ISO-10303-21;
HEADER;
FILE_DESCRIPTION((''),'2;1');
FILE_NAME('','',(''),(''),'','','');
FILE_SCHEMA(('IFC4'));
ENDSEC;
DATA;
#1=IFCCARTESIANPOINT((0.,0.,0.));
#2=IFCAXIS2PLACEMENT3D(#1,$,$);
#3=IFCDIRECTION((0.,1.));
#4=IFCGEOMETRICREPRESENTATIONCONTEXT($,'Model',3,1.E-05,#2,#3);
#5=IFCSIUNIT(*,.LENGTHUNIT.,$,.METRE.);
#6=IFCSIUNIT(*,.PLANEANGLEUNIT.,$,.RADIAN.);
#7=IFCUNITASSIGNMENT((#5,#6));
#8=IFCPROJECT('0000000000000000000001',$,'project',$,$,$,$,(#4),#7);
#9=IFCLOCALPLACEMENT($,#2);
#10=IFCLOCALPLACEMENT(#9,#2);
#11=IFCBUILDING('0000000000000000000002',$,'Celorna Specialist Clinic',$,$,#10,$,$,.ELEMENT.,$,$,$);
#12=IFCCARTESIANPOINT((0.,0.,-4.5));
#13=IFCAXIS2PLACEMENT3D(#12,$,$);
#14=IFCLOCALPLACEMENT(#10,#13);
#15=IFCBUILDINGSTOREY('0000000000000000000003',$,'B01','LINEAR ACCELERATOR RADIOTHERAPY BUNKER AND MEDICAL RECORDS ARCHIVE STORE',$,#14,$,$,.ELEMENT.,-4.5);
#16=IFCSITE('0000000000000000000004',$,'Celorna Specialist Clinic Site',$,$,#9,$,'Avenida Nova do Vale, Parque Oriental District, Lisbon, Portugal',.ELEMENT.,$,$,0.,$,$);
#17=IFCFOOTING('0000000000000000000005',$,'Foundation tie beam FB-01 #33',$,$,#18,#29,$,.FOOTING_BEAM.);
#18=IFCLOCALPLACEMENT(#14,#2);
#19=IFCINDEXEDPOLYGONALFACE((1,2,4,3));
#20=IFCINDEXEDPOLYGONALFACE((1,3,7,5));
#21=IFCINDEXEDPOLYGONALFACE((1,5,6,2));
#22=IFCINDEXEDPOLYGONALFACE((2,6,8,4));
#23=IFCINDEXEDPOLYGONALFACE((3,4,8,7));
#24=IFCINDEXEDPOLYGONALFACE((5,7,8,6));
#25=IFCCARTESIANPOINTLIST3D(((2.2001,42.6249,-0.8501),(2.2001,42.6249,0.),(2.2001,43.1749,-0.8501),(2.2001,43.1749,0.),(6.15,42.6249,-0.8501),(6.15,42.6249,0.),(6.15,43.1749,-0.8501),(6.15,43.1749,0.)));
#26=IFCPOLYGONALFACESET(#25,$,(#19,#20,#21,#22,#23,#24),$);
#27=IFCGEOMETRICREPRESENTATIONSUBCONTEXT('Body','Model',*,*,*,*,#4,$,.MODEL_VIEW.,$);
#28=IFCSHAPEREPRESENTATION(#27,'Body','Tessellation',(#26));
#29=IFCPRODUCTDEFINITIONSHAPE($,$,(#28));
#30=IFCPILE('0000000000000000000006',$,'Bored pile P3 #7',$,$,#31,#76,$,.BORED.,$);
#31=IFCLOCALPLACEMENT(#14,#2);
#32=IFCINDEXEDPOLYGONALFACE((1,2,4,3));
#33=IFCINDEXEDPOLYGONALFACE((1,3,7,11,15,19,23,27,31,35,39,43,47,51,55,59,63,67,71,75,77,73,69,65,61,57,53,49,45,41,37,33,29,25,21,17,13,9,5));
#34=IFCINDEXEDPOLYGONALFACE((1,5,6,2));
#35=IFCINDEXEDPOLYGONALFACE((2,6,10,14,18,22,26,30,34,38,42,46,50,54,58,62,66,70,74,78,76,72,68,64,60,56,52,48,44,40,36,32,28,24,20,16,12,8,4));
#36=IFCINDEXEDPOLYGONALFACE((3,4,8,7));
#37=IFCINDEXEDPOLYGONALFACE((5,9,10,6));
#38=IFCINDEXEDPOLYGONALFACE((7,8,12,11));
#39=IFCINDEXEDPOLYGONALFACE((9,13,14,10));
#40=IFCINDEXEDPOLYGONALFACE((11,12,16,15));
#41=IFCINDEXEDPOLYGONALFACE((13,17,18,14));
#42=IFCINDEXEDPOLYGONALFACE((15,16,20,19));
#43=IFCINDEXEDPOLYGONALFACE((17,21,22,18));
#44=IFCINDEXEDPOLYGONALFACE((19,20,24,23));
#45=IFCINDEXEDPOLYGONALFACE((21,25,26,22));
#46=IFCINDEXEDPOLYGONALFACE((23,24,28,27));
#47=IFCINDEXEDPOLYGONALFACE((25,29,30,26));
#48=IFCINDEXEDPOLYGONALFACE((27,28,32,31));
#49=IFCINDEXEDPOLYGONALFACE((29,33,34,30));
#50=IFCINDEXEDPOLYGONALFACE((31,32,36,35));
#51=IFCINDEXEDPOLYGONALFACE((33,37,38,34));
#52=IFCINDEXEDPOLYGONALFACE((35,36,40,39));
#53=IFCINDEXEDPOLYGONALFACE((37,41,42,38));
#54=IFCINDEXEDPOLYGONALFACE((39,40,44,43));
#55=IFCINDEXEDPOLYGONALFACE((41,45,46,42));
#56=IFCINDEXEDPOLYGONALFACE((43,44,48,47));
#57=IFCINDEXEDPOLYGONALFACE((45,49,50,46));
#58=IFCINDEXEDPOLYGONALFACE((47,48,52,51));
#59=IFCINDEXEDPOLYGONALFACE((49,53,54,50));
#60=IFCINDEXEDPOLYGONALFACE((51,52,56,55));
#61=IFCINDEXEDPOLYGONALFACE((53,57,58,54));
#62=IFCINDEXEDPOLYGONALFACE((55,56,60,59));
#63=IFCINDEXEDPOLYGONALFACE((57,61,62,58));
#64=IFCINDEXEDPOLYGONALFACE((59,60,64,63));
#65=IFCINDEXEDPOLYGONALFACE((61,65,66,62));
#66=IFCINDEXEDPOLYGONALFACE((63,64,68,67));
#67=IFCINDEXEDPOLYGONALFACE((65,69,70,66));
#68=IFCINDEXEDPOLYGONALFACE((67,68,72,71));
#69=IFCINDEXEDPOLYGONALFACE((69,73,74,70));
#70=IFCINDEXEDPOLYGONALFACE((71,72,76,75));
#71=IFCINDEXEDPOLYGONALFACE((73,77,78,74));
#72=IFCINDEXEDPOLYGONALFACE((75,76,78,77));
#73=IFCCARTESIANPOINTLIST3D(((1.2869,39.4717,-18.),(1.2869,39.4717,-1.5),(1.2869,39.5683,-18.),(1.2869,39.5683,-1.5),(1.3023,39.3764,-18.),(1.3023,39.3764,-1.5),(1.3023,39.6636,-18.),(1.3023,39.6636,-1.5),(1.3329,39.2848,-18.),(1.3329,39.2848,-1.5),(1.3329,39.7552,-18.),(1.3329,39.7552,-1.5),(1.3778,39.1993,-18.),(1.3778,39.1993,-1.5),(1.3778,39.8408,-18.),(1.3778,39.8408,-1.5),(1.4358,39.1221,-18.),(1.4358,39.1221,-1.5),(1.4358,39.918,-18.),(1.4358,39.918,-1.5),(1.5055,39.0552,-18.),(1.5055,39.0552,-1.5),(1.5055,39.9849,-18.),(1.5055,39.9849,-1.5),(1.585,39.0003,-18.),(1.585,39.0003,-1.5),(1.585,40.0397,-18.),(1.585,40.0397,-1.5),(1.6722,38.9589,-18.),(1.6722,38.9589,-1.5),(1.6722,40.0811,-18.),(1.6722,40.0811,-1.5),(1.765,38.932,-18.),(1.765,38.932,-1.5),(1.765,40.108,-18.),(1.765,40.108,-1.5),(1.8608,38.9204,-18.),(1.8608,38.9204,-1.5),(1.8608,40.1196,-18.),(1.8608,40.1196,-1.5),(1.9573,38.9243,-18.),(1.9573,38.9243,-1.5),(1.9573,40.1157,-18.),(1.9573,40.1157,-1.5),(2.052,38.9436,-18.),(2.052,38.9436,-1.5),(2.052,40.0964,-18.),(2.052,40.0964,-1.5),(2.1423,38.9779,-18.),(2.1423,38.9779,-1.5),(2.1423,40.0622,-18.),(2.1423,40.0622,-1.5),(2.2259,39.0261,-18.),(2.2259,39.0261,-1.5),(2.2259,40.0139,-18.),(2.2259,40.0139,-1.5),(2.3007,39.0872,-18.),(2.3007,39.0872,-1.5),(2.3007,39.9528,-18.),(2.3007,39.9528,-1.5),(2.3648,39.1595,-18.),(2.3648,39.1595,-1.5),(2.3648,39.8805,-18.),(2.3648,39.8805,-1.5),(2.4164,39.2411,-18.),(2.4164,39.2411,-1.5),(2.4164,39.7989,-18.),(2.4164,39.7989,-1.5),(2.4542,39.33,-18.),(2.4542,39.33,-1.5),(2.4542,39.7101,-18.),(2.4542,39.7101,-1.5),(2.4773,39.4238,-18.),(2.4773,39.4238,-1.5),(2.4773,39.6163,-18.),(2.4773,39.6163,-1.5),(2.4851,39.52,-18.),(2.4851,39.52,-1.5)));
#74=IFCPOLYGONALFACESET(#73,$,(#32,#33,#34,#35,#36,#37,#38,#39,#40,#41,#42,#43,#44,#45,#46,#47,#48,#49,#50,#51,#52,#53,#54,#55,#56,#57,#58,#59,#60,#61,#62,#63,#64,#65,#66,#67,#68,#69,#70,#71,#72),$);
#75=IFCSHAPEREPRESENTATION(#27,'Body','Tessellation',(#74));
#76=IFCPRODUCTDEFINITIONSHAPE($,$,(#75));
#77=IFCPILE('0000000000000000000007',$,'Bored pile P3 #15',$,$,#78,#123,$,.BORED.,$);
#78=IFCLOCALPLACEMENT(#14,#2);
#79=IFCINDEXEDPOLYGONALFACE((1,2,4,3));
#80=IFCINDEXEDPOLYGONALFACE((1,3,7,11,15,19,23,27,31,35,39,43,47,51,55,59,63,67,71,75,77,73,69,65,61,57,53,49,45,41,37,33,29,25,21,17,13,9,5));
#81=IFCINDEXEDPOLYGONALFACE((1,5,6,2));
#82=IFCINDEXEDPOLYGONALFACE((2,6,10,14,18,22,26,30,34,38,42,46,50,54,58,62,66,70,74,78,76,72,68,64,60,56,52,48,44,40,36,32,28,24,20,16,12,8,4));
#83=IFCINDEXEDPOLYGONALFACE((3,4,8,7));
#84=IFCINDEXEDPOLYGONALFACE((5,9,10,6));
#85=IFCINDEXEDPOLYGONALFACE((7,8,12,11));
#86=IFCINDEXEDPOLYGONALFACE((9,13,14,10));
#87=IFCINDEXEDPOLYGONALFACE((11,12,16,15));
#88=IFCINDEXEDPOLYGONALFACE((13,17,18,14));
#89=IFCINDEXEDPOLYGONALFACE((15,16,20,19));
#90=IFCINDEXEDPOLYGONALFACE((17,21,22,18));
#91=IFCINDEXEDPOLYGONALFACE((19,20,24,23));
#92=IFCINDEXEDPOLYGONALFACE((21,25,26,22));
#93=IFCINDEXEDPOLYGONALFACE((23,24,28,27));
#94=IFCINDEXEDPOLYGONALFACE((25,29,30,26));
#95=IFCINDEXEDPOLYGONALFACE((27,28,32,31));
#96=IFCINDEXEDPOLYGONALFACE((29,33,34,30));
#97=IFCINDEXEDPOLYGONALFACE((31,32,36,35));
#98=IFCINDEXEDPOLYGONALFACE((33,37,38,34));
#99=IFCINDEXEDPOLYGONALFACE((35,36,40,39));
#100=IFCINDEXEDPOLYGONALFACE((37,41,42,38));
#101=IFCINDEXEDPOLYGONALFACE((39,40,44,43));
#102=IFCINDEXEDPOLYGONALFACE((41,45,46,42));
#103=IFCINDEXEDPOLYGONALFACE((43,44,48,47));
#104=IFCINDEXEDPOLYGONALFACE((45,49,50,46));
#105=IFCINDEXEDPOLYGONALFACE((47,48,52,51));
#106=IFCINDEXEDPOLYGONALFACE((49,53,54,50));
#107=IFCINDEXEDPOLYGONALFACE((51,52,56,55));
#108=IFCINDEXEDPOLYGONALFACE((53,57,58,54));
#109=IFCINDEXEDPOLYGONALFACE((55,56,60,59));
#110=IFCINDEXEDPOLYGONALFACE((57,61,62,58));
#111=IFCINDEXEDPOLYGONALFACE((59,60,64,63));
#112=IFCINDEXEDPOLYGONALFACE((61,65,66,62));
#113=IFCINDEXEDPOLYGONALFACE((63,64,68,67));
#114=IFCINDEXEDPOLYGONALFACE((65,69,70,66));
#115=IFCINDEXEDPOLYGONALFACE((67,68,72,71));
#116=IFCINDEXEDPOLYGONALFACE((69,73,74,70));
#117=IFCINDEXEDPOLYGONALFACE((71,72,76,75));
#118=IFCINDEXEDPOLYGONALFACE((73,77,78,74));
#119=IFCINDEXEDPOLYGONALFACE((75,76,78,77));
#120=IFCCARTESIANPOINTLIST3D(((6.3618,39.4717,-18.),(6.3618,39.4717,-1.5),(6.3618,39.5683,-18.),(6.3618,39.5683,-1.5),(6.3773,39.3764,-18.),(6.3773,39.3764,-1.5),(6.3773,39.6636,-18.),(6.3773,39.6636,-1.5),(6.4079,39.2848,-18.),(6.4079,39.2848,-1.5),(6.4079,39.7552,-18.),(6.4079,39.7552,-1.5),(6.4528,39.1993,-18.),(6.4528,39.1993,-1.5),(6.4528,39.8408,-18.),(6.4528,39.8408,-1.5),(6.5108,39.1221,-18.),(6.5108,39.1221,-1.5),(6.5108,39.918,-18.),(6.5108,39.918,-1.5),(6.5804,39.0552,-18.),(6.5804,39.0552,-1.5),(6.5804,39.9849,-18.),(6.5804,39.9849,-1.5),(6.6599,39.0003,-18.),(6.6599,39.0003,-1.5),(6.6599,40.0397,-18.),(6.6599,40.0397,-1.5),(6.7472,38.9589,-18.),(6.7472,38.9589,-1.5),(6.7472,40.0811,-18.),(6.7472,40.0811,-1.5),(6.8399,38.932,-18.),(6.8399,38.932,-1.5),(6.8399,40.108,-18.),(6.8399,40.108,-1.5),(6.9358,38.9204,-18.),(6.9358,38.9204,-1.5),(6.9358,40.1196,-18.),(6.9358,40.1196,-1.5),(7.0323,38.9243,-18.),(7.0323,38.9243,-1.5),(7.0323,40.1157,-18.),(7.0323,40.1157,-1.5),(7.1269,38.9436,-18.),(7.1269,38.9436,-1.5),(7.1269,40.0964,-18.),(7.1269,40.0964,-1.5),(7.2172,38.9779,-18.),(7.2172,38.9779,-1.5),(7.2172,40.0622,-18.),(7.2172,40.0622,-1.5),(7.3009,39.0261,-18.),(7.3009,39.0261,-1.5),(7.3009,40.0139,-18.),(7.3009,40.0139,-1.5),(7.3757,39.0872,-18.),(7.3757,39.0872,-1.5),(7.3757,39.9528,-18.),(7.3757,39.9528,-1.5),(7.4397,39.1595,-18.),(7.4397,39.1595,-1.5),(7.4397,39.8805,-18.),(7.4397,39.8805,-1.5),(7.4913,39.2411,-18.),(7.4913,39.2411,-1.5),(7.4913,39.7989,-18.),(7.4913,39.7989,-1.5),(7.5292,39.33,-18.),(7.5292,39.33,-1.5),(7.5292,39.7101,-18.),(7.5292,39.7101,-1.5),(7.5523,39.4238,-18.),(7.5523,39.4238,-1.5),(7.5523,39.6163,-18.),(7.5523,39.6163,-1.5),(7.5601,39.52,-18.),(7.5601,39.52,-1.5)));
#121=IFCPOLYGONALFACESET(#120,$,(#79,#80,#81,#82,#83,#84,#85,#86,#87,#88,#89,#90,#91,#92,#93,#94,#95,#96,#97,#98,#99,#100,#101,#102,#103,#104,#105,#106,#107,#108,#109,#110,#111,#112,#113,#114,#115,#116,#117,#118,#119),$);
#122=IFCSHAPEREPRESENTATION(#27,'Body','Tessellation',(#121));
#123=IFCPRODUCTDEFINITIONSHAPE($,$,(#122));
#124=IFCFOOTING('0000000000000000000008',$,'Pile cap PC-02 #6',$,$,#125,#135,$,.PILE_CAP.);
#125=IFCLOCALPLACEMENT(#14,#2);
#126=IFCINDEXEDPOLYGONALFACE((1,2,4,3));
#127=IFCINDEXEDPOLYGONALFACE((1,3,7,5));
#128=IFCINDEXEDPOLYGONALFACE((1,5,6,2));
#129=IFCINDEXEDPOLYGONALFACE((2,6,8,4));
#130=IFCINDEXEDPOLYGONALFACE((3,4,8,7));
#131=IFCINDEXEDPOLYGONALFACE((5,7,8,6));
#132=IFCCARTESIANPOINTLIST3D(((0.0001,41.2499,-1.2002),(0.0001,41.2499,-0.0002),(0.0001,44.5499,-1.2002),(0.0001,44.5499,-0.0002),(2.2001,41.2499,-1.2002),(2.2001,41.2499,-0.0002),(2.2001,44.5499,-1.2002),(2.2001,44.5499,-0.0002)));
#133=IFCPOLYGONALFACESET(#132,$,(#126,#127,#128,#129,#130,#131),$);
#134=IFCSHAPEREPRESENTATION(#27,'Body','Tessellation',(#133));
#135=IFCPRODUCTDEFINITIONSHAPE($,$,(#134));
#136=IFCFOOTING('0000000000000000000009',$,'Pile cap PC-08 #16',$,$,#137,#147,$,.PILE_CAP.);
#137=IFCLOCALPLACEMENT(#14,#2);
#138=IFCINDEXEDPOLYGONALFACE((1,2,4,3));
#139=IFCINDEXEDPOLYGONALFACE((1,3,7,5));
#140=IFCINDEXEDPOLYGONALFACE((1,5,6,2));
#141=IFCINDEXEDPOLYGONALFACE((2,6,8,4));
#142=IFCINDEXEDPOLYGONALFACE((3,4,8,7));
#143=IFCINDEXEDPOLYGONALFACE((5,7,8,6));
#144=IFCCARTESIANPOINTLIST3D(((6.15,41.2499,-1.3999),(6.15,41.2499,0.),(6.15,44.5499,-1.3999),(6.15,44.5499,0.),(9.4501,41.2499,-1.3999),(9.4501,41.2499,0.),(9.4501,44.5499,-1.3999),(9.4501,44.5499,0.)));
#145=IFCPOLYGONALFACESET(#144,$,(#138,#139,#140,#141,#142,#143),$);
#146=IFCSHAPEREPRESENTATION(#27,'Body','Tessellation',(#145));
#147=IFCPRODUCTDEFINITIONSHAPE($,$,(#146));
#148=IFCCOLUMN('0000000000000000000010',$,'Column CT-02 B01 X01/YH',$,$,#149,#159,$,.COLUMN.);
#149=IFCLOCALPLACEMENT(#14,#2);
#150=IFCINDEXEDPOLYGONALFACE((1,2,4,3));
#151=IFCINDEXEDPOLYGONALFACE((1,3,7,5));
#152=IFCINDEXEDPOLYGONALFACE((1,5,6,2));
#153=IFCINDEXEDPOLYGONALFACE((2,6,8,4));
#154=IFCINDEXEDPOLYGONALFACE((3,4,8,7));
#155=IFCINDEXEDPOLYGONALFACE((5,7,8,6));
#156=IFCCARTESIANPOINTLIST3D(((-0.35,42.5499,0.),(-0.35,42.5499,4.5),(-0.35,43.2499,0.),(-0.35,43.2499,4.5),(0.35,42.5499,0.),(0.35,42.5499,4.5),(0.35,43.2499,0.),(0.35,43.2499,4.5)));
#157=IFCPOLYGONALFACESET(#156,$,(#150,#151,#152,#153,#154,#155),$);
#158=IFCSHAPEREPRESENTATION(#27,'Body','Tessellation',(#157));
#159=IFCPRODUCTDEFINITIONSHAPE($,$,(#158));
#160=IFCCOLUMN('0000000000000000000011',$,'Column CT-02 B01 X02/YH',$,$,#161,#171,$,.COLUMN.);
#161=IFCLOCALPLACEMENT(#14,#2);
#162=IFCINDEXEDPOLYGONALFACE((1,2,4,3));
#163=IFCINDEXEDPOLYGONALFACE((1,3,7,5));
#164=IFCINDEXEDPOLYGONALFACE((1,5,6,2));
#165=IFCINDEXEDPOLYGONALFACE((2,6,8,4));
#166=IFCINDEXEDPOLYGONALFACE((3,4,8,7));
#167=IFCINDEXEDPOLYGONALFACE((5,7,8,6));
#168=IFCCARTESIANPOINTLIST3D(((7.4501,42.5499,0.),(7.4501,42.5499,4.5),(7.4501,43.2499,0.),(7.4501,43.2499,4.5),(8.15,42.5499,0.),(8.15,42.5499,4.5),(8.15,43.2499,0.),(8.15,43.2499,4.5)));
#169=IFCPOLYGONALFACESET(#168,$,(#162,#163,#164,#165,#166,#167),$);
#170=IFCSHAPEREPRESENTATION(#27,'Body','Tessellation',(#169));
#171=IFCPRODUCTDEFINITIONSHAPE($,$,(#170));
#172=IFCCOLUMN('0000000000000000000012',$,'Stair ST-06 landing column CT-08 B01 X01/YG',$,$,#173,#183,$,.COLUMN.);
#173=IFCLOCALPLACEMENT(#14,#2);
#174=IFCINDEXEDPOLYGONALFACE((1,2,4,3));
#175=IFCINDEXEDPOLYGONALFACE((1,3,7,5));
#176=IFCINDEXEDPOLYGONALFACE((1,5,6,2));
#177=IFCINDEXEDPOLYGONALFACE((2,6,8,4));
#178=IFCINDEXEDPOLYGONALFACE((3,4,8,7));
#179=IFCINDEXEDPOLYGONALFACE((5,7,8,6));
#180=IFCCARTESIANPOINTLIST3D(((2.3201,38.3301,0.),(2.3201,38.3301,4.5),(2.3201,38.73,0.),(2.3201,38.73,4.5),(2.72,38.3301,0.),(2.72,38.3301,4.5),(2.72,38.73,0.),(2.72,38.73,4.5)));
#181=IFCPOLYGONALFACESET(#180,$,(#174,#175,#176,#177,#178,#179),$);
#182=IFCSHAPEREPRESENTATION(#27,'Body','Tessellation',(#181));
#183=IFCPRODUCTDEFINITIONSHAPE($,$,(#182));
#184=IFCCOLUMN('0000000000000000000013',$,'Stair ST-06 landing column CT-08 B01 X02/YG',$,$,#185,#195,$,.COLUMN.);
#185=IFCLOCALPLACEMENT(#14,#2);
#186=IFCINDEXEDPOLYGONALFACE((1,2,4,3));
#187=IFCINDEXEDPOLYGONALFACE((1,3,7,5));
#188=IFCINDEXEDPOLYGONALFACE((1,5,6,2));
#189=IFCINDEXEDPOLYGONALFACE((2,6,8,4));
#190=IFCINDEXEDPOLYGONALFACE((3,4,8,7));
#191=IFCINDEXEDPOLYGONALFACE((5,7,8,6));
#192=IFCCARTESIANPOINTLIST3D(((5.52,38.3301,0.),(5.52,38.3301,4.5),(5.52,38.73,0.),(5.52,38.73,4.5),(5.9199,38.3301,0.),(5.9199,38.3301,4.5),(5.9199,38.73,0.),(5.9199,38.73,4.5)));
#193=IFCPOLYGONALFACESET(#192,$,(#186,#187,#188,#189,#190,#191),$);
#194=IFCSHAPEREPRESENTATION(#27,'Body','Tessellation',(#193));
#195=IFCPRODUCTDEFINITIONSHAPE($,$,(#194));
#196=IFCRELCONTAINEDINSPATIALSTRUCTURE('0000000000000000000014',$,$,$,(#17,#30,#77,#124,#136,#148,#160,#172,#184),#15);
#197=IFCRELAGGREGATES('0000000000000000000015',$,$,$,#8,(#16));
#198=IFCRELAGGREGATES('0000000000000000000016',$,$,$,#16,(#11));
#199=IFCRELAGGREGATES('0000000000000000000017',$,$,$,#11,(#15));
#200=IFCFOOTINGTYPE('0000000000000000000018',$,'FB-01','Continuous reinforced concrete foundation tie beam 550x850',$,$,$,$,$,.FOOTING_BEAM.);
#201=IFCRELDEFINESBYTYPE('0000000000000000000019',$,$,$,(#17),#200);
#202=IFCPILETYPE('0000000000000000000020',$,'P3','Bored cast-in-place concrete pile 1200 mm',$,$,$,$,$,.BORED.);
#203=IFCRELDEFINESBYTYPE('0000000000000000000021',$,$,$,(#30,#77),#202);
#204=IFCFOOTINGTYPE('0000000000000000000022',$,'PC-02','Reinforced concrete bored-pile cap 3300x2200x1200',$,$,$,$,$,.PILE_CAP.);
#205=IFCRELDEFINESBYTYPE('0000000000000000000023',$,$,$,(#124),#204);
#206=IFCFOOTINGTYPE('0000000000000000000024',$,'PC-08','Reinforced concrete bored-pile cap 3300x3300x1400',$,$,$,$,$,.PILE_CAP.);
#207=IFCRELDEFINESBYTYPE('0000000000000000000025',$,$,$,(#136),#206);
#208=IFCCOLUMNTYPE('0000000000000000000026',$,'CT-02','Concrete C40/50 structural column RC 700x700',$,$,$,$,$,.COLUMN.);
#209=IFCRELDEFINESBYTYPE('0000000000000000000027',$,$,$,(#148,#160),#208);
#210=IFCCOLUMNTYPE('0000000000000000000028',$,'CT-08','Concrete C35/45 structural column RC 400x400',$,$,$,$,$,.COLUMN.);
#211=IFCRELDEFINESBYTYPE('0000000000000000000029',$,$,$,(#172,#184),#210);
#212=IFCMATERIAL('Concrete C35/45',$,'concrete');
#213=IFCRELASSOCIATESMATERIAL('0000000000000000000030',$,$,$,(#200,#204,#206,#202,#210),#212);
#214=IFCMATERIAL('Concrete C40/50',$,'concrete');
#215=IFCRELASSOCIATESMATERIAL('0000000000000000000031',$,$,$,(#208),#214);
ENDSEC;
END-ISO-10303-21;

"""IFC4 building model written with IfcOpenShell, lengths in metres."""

from ifc_helpers import new_model, si_unit, direction, frame, origin, origin_2d, place, context, subcontext, project, spatial, rectangle, circle, extrude, material, material_profile, profile_set, type_object, element, save


model = new_model("IFC4")

# Units and contexts
model_context = context("Model", 3, precision=1e-05, world=origin(), true_north=direction((0.0, 1.0)))
body_context = subcontext(model_context, "Body", "Model", "MODEL_VIEW")
ifc_project = project(units=[si_unit("LENGTHUNIT", "METRE"), si_unit("PLANEANGLEUNIT", "RADIAN")], contexts=[model_context])

# Site, building, storey
site_placement = place(None, origin())
site = spatial("IfcSite", under=ifc_project, at=site_placement, Name="Celorna Specialist Clinic Site", LongName="Avenida Nova do Vale, Parque Oriental District, Lisbon, Portugal", CompositionType="ELEMENT", RefElevation=0.0)
building_placement = place(site_placement, origin())
building = spatial("IfcBuilding", under=site, at=building_placement, Name="Celorna Specialist Clinic", CompositionType="ELEMENT")
storey_placement = place(building_placement, frame((0.0, 0.0, -4.5)))
storey = spatial("IfcBuildingStorey", under=building, at=storey_placement, Name="B01", Description="LINEAR ACCELERATOR RADIOTHERAPY BUNKER AND MEDICAL RECORDS ARCHIVE STORE", CompositionType="ELEMENT", Elevation=-4.5)

# Footing
ifc_material_1 = material(Name="Concrete C35/45", Category="concrete")
footing_type_1 = type_object("IfcFootingType", Name="FB-01", Description="Continuous reinforced concrete foundation tie beam 550x850", PredefinedType="FOOTING_BEAM", material=ifc_material_1)
footing_1_placement = place(storey_placement, frame((4.175, 42.8999, -0.8501), z_axis=(0.0, 0.0, 1.0), x_axis=(1.0, 0.0, 0.0)))
element("IfcFooting", 1, at=footing_1_placement, inside=storey, type_object=footing_type_1, Name="Foundation tie beam FB-01 #33", PredefinedType="FOOTING_BEAM", context=body_context, shape_type="SweptSolid", body=[
    extrude(rectangle(XDim=3.95, YDim=0.55, at=origin_2d()), origin(), (0.0, 0.0, 1.0), 0.8501),
])

# Piles
ifc_material_profile_1 = material_profile(ifc_material_1, circle(Radius=0.6001, at=origin_2d()), Name="BORED PILE 1200")
ifc_profile_set_1 = profile_set([ifc_material_profile_1], Name="Concrete C35/45")
pile_type = type_object("IfcPileType", Name="P3", Description="Bored cast-in-place concrete pile 1200 mm", PredefinedType="BORED", material=ifc_profile_set_1)
for number, where, z_axis, x_axis, name in (
    (2, (1.885, 39.52, -1.5), (0.0, 0.0, -1.0), (1.0, 0.0, 0.0), "Bored pile P3 #7"),
    (3, (6.96, 39.52, -1.5), (0.0, 0.0, -1.0), (1.0, 0.0, 0.0), "Bored pile P3 #15"),
):
    element("IfcPile", number, at=place(storey_placement, frame(where, z_axis=z_axis, x_axis=x_axis)), inside=storey, type_object=pile_type, Name=name, PredefinedType="BORED", context=body_context, shape_type="SweptSolid", body=[
        extrude(circle(Radius=0.6001, at=origin_2d()), origin(), (0.0, 0.0, 1.0), 16.5),
    ])

# Footings
footing_type_2 = type_object("IfcFootingType", Name="PC-02", Description="Reinforced concrete bored-pile cap 3300x2200x1200", PredefinedType="PILE_CAP", material=ifc_material_1)
footing_2_placement = place(storey_placement, frame((1.1001, 42.8999, -1.2002), z_axis=(0.0, 0.0, 1.0), x_axis=(1.0, 0.0, 0.0)))
element("IfcFooting", 4, at=footing_2_placement, inside=storey, type_object=footing_type_2, Name="Pile cap PC-02 #6", PredefinedType="PILE_CAP", context=body_context, shape_type="SweptSolid", body=[
    extrude(rectangle(XDim=2.2, YDim=3.3, at=origin_2d()), origin(), (0.0, 0.0, 1.0), 1.2),
])
footing_type_3 = type_object("IfcFootingType", Name="PC-08", Description="Reinforced concrete bored-pile cap 3300x3300x1400", PredefinedType="PILE_CAP", material=ifc_material_1)
footing_3_placement = place(storey_placement, frame((7.8, 42.8999, -1.3999), z_axis=(0.0, 0.0, 1.0), x_axis=(1.0, 0.0, 0.0)))
element("IfcFooting", 5, at=footing_3_placement, inside=storey, type_object=footing_type_3, Name="Pile cap PC-08 #16", PredefinedType="PILE_CAP", context=body_context, shape_type="SweptSolid", body=[
    extrude(rectangle(XDim=3.3, YDim=3.3, at=origin_2d()), origin(), (0.0, 0.0, 1.0), 1.3999),
])

# Columns
ifc_material_2 = material(Name="Concrete C40/50", Category="concrete")
ifc_material_profile_2 = material_profile(ifc_material_2, rectangle(XDim=0.7, YDim=0.7, at=origin_2d()), Name="RC 700x700")
ifc_profile_set_2 = profile_set([ifc_material_profile_2], Name="Concrete C40/50")
column_type_1 = type_object("IfcColumnType", Name="CT-02", Description="Concrete C40/50 structural column RC 700x700", PredefinedType="COLUMN", material=ifc_profile_set_2)
for number, where, z_axis, x_axis, name in (
    (6, (0.0, 42.8999, 0.0), (0.0, 0.0, 1.0), (1.0, 0.0, 0.0), "Column CT-02 B01 X01/YH"),
    (7, (7.8, 42.8999, 0.0), (0.0, 0.0, 1.0), (1.0, 0.0, 0.0), "Column CT-02 B01 X02/YH"),
):
    element("IfcColumn", number, at=place(storey_placement, frame(where, z_axis=z_axis, x_axis=x_axis)), inside=storey, type_object=column_type_1, Name=name, PredefinedType="COLUMN", context=body_context, shape_type="SweptSolid", body=[
        extrude(rectangle(XDim=0.7, YDim=0.7, at=origin_2d()), origin(), (0.0, 0.0, 1.0), 4.5),
    ])
ifc_material_profile_3 = material_profile(ifc_material_1, rectangle(XDim=0.3999, YDim=0.3999, at=origin_2d()), Name="RC 400x400")
ifc_profile_set_3 = profile_set([ifc_material_profile_3], Name="Concrete C35/45")
column_type_2 = type_object("IfcColumnType", Name="CT-08", Description="Concrete C35/45 structural column RC 400x400", PredefinedType="COLUMN", material=ifc_profile_set_3)
for number, where, z_axis, x_axis, name in (
    (8, (2.52, 38.53, 0.0), (0.0, 0.0, 1.0), (1.0, 0.0, 0.0), "Stair ST-06 landing column CT-08 B01 X01/YG"),
    (9, (5.72, 38.53, 0.0), (0.0, 0.0, 1.0), (1.0, 0.0, 0.0), "Stair ST-06 landing column CT-08 B01 X02/YG"),
):
    element("IfcColumn", number, at=place(storey_placement, frame(where, z_axis=z_axis, x_axis=x_axis)), inside=storey, type_object=column_type_2, Name=name, PredefinedType="COLUMN", context=body_context, shape_type="SweptSolid", body=[
        extrude(rectangle(XDim=0.3999, YDim=0.3999, at=origin_2d()), origin(), (0.0, 0.0, 1.0), 4.5),
    ])

save(model, "model.ifc")
